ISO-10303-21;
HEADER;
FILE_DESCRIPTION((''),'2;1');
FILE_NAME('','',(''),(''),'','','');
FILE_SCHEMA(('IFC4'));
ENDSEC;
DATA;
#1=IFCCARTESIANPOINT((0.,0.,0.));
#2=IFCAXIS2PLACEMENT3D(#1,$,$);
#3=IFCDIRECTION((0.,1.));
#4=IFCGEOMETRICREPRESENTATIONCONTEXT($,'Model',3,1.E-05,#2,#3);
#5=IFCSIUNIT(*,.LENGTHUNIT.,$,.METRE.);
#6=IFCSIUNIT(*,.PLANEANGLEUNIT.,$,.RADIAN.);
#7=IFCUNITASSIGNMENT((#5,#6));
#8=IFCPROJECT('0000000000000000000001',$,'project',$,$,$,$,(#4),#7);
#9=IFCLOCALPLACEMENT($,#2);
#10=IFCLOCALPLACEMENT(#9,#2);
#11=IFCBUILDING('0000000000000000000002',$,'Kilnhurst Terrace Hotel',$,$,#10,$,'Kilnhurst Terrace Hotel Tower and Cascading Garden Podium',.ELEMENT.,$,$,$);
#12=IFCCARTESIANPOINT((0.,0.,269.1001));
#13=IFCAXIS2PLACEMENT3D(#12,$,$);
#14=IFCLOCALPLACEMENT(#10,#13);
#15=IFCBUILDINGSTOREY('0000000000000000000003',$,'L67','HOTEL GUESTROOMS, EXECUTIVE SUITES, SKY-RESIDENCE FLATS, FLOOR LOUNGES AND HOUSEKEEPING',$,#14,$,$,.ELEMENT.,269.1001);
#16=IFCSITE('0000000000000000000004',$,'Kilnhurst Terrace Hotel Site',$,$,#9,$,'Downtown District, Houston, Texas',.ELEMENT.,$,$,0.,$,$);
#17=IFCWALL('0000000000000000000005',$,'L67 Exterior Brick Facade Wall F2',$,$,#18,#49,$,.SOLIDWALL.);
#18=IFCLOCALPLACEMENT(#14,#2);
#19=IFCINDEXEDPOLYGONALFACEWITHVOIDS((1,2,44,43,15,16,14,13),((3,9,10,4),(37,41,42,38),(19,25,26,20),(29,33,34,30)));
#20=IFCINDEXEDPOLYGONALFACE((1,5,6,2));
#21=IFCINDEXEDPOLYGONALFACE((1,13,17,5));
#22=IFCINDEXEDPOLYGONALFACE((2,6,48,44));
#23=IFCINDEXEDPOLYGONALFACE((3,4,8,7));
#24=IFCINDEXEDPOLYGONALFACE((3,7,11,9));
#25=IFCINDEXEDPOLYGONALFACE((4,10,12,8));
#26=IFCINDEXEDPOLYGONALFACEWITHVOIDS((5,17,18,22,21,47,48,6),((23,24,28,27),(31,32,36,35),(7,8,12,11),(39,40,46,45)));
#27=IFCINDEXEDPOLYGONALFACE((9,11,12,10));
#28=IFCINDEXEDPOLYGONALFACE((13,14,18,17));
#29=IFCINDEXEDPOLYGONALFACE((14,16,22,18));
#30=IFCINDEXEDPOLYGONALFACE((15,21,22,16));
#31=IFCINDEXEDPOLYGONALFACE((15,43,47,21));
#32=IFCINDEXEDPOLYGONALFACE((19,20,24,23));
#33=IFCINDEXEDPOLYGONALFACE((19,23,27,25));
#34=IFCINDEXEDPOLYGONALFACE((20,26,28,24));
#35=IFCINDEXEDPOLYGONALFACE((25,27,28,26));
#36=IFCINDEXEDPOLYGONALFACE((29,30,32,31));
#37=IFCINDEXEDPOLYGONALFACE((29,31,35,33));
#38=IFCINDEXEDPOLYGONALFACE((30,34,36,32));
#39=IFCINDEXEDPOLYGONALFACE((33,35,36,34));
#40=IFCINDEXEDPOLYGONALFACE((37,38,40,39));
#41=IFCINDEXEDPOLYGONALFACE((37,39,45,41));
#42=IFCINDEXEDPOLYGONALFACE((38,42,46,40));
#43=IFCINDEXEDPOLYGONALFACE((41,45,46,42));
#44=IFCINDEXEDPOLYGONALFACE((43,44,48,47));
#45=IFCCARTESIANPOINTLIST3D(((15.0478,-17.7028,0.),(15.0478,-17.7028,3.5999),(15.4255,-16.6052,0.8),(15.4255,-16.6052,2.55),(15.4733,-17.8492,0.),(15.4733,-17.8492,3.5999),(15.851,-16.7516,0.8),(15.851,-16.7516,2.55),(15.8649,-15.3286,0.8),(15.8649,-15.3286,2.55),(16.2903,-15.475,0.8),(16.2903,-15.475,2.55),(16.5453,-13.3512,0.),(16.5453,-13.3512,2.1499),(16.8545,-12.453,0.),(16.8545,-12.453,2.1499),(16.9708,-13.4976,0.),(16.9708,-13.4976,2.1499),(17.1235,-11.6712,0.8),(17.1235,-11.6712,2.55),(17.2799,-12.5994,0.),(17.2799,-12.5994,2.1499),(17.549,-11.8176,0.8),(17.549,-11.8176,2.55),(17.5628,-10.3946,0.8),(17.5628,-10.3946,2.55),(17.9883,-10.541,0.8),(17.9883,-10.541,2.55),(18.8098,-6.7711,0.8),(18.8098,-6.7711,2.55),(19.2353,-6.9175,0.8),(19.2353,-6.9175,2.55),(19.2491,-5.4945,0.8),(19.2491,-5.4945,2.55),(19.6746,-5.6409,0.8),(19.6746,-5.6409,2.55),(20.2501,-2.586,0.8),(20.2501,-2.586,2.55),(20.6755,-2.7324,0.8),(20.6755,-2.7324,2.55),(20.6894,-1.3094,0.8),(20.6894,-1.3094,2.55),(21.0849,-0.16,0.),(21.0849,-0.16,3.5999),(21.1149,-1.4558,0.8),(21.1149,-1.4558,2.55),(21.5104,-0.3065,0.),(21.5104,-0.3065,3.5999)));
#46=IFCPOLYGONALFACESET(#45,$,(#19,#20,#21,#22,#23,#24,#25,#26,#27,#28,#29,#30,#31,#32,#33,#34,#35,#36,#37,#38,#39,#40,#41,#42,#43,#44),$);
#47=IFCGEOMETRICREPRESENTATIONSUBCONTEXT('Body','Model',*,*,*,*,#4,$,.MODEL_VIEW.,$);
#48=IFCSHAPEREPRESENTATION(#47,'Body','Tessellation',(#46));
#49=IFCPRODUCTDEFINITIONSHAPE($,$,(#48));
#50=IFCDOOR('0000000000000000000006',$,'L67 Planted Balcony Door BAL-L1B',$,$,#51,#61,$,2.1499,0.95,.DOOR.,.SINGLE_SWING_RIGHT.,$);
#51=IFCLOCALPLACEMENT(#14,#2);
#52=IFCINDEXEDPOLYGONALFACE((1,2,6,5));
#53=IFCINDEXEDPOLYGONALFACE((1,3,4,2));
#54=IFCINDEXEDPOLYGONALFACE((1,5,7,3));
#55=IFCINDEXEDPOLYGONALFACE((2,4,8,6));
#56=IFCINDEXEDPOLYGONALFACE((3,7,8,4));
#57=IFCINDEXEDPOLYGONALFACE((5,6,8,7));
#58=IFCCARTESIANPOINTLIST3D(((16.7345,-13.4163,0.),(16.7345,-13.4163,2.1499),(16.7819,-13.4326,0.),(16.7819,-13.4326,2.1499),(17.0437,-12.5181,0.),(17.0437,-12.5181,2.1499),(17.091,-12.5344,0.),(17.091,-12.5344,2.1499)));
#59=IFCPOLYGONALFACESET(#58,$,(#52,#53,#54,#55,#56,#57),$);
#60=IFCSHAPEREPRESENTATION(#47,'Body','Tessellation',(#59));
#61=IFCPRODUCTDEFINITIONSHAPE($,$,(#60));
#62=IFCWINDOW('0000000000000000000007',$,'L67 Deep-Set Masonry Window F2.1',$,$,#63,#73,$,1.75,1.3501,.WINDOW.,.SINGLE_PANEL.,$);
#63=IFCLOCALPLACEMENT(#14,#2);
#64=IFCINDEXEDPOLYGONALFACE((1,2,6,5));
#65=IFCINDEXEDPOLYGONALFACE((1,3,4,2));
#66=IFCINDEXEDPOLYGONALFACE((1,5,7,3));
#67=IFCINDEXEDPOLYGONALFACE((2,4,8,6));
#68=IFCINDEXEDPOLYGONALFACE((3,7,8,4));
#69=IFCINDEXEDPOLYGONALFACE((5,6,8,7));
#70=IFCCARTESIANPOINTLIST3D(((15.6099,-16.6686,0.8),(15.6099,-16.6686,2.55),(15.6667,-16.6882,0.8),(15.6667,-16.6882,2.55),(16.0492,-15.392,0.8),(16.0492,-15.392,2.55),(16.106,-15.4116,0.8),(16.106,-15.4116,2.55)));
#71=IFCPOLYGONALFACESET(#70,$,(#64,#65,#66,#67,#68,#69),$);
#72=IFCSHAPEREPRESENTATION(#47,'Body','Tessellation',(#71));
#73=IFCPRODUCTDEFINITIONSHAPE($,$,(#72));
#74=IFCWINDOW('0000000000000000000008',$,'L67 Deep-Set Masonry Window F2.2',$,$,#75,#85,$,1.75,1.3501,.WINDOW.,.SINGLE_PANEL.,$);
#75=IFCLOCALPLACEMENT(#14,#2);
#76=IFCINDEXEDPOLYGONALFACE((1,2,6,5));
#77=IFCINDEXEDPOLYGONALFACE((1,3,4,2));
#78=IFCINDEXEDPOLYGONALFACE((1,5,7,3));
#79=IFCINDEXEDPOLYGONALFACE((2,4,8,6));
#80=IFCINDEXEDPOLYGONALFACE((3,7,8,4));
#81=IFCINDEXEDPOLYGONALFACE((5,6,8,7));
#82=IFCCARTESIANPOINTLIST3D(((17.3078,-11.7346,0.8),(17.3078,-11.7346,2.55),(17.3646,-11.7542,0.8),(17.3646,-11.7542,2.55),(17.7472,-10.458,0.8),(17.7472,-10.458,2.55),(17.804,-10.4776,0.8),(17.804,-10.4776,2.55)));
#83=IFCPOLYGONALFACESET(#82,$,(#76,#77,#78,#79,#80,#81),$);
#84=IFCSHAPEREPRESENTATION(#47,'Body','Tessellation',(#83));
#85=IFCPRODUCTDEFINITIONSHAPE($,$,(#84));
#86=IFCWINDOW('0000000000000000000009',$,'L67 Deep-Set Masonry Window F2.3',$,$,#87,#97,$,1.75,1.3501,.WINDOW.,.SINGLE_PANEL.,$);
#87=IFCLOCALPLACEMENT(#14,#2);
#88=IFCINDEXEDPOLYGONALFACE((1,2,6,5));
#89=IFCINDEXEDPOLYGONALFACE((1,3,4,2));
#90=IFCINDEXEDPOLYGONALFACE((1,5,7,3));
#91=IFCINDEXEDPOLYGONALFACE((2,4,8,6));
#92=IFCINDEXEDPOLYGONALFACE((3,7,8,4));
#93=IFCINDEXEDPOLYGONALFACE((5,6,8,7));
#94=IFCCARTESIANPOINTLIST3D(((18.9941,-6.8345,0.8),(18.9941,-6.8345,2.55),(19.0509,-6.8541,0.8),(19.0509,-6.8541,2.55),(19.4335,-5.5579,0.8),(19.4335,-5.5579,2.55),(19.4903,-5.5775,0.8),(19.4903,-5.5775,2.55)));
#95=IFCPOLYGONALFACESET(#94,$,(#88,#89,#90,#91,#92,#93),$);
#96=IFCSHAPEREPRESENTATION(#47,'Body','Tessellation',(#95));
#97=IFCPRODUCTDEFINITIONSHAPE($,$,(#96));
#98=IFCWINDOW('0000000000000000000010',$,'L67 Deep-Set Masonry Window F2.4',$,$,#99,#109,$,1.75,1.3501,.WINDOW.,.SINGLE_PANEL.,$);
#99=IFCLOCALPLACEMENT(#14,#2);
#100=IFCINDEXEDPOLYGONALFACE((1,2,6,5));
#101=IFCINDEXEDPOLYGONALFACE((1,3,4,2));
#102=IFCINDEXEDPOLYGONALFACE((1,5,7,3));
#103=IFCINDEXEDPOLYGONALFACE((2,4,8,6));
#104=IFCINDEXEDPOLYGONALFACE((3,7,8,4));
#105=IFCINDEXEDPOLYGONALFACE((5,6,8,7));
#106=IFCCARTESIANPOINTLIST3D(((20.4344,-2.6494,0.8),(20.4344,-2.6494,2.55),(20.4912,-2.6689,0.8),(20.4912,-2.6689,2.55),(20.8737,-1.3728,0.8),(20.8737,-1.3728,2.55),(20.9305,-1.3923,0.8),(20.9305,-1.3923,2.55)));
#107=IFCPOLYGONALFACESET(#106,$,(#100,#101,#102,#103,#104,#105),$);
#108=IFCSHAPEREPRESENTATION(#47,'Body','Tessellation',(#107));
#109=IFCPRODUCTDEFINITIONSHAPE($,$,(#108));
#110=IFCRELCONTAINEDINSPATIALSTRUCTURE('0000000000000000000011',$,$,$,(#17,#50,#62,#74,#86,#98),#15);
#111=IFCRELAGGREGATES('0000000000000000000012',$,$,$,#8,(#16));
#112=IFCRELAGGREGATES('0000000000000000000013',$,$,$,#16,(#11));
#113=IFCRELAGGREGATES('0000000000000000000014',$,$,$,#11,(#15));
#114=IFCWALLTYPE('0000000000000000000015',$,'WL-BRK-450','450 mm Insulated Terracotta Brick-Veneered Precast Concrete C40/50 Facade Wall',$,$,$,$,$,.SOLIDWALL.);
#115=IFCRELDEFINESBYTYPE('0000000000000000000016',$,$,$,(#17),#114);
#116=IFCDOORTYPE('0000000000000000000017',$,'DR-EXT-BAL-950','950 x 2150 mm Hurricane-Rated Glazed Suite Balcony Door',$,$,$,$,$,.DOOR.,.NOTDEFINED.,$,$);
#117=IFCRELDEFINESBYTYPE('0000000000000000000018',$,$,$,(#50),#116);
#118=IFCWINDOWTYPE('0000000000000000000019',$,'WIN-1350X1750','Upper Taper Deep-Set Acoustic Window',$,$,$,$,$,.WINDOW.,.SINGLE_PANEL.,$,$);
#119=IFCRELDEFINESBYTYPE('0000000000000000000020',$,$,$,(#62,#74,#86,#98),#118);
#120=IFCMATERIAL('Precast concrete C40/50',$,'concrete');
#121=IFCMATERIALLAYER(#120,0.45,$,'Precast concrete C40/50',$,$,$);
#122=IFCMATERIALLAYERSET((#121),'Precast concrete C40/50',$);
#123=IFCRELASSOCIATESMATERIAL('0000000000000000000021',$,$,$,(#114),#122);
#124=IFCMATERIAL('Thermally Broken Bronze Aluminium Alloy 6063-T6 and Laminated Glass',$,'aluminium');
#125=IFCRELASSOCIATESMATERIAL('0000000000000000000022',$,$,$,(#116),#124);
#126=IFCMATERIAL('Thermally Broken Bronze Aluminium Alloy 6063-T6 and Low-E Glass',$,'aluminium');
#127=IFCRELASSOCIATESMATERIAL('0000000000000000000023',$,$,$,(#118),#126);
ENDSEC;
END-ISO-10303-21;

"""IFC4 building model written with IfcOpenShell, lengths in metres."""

from ifc_helpers import new_model, si_unit, direction, frame, frame_2d, origin, place, context, subcontext, project, spatial, rectangle, extrude, material, layer, layer_set, type_object, element, fill, save


model = new_model("IFC4")

# Units and contexts
model_context = context("Model", 3, precision=1e-05, world=origin(), true_north=direction((0.0, 1.0)))
body_context = subcontext(model_context, "Body", "Model", "MODEL_VIEW")
ifc_project = project(units=[si_unit("LENGTHUNIT", "METRE"), si_unit("PLANEANGLEUNIT", "RADIAN")], contexts=[model_context])

# Site, building, storey
site_placement = place(None, origin())
site = spatial("IfcSite", under=ifc_project, at=site_placement, Name="Kilnhurst Terrace Hotel Site", LongName="Downtown District, Houston, Texas", CompositionType="ELEMENT", RefElevation=0.0)
building_placement = place(site_placement, origin())
building = spatial("IfcBuilding", under=site, at=building_placement, Name="Kilnhurst Terrace Hotel", LongName="Kilnhurst Terrace Hotel Tower and Cascading Garden Podium", CompositionType="ELEMENT")
storey_placement = place(building_placement, frame((0.0, 0.0, 269.1001)))
storey = spatial("IfcBuildingStorey", under=building, at=storey_placement, Name="L67", Description="HOTEL GUESTROOMS, EXECUTIVE SUITES, SKY-RESIDENCE FLATS, FLOOR LOUNGES AND HOUSEKEEPING", CompositionType="ELEMENT", Elevation=269.1001)

# Shared definitions
ifc_material_1 = material(Name="Precast concrete C40/50", Category="concrete")
ifc_layer_1 = layer(ifc_material_1, 0.45, Name="Precast concrete C40/50")
ifc_layer_set_1 = layer_set([ifc_layer_1], Name="Precast concrete C40/50")
wall_type_1 = type_object("IfcWallType", Name="WL-BRK-450", Description="450 mm Insulated Terracotta Brick-Veneered Precast Concrete C40/50 Facade Wall", PredefinedType="SOLIDWALL", material=ifc_layer_set_1)

# Wall, openings, door, windows
wall_1_placement = place(storey_placement, frame((15.2605, -17.7761, 0.0), z_axis=(0.0, 0.0, 1.0), x_axis=(0.325407, 0.945574, 0.0)))
wall_1 = element("IfcWall", 1, at=wall_1_placement, inside=storey, type_object=wall_type_1, Name="L67 Exterior Brick Facade Wall F2", PredefinedType="SOLIDWALL", context=body_context, shape_type="SweptSolid", body=[
    extrude(rectangle(XDim=18.5525, YDim=0.45, at=frame_2d((9.2764, 0.0))), origin(), (0.0, 0.0, 1.0), 3.5999),
])
opening_1_placement = place(wall_1_placement, frame((4.6021, 0.0, 0.0)))
opening_1 = element("IfcOpeningElement", 2, at=opening_1_placement, cuts=wall_1, PredefinedType="OPENING", context=body_context, shape_type="SweptSolid", body=[
    extrude(rectangle(XDim=0.95, YDim=2.1499, at=frame_2d((0.4751, 1.075))), frame((0.0, 0.2349, 0.0), z_axis=(0.0, -1.0, 0.0), x_axis=(1.0, 0.0, 0.0)), (0.0, 0.0, 1.0), 0.47),
])
opening_2_placement = place(wall_1_placement, frame((1.1609, 0.0, 0.8)))
opening_2 = element("IfcOpeningElement", 3, at=opening_2_placement, cuts=wall_1, PredefinedType="OPENING", context=body_context, shape_type="SweptSolid", body=[
    extrude(rectangle(XDim=1.3501, YDim=1.75, at=frame_2d((0.675, 0.875))), frame((0.0, 0.2349, 0.0), z_axis=(0.0, -1.0, 0.0), x_axis=(1.0, 0.0, 0.0)), (0.0, 0.0, 1.0), 0.47),
])
opening_3_placement = place(wall_1_placement, frame((6.3789, 0.0, 0.8)))
opening_3 = element("IfcOpeningElement", 4, at=opening_3_placement, cuts=wall_1, PredefinedType="OPENING", context=body_context, shape_type="SweptSolid", body=[
    extrude(rectangle(XDim=1.3501, YDim=1.75, at=frame_2d((0.675, 0.875))), frame((0.0, 0.2349, 0.0), z_axis=(0.0, -1.0, 0.0), x_axis=(1.0, 0.0, 0.0)), (0.0, 0.0, 1.0), 0.47),
])
opening_4_placement = place(wall_1_placement, frame((11.561, 0.0, 0.8)))
opening_4 = element("IfcOpeningElement", 5, at=opening_4_placement, cuts=wall_1, PredefinedType="OPENING", context=body_context, shape_type="SweptSolid", body=[
    extrude(rectangle(XDim=1.3501, YDim=1.75, at=frame_2d((0.675, 0.875))), frame((0.0, 0.2349, 0.0), z_axis=(0.0, -1.0, 0.0), x_axis=(1.0, 0.0, 0.0)), (0.0, 0.0, 1.0), 0.47),
])
opening_5_placement = place(wall_1_placement, frame((15.9871, 0.0, 0.8)))
opening_5 = element("IfcOpeningElement", 6, at=opening_5_placement, cuts=wall_1, PredefinedType="OPENING", context=body_context, shape_type="SweptSolid", body=[
    extrude(rectangle(XDim=1.3501, YDim=1.75, at=frame_2d((0.675, 0.875))), frame((0.0, 0.2349, 0.0), z_axis=(0.0, -1.0, 0.0), x_axis=(1.0, 0.0, 0.0)), (0.0, 0.0, 1.0), 0.47),
])
ifc_material_2 = material(Name="Thermally Broken Bronze Aluminium Alloy 6063-T6 and Laminated Glass", Category="aluminium")
door_type_1 = type_object("IfcDoorType", Name="DR-EXT-BAL-950", Description="950 x 2150 mm Hurricane-Rated Glazed Suite Balcony Door", OperationType="NOTDEFINED", PredefinedType="DOOR", material=ifc_material_2)
door_1_placement = place(opening_1_placement, origin())
door_1 = element("IfcDoor", 7, at=door_1_placement, inside=storey, type_object=door_type_1, Name="L67 Planted Balcony Door BAL-L1B", OperationType="SINGLE_SWING_RIGHT", OverallHeight=2.1499, OverallWidth=0.95, PredefinedType="DOOR", context=body_context, shape_type="SweptSolid", body=[
    extrude(rectangle(XDim=0.95, YDim=2.1499, at=frame_2d((0.4751, 1.075))), frame((0.0, 0.0249, 0.0), z_axis=(0.0, -1.0, 0.0), x_axis=(1.0, 0.0, 0.0)), (0.0, 0.0, 1.0), 0.05),
])
fill(opening_1, door_1)
ifc_material_3 = material(Name="Thermally Broken Bronze Aluminium Alloy 6063-T6 and Low-E Glass", Category="aluminium")
window_type = type_object("IfcWindowType", Name="WIN-1350X1750", Description="Upper Taper Deep-Set Acoustic Window", PartitioningType="SINGLE_PANEL", PredefinedType="WINDOW", material=ifc_material_3)
window_1_placement = place(opening_2_placement, origin())
window_1 = element("IfcWindow", 8, at=window_1_placement, inside=storey, type_object=window_type, Name="L67 Deep-Set Masonry Window F2.1", OverallHeight=1.75, OverallWidth=1.3501, PartitioningType="SINGLE_PANEL", PredefinedType="WINDOW", context=body_context, shape_type="SweptSolid", body=[
    extrude(rectangle(XDim=1.3501, YDim=1.75, at=frame_2d((0.675, 0.875))), frame((0.0, 0.03, 0.0), z_axis=(0.0, -1.0, 0.0), x_axis=(1.0, 0.0, 0.0)), (0.0, 0.0, 1.0), 0.0601),
])
fill(opening_2, window_1)
window_2_placement = place(opening_3_placement, origin())
window_2 = element("IfcWindow", 9, at=window_2_placement, inside=storey, type_object=window_type, Name="L67 Deep-Set Masonry Window F2.2", OverallHeight=1.75, OverallWidth=1.3501, PartitioningType="SINGLE_PANEL", PredefinedType="WINDOW", context=body_context, shape_type="SweptSolid", body=[
    extrude(rectangle(XDim=1.3501, YDim=1.75, at=frame_2d((0.675, 0.875))), frame((0.0, 0.03, 0.0), z_axis=(0.0, -1.0, 0.0), x_axis=(1.0, 0.0, 0.0)), (0.0, 0.0, 1.0), 0.0601),
])
fill(opening_3, window_2)
window_3_placement = place(opening_4_placement, origin())
window_3 = element("IfcWindow", 10, at=window_3_placement, inside=storey, type_object=window_type, Name="L67 Deep-Set Masonry Window F2.3", OverallHeight=1.75, OverallWidth=1.3501, PartitioningType="SINGLE_PANEL", PredefinedType="WINDOW", context=body_context, shape_type="SweptSolid", body=[
    extrude(rectangle(XDim=1.3501, YDim=1.75, at=frame_2d((0.675, 0.875))), frame((0.0, 0.03, 0.0), z_axis=(0.0, -1.0, 0.0), x_axis=(1.0, 0.0, 0.0)), (0.0, 0.0, 1.0), 0.0601),
])
fill(opening_4, window_3)
window_4_placement = place(opening_5_placement, origin())
window_4 = element("IfcWindow", 11, at=window_4_placement, inside=storey, type_object=window_type, Name="L67 Deep-Set Masonry Window F2.4", OverallHeight=1.75, OverallWidth=1.3501, PartitioningType="SINGLE_PANEL", PredefinedType="WINDOW", context=body_context, shape_type="SweptSolid", body=[
    extrude(rectangle(XDim=1.3501, YDim=1.75, at=frame_2d((0.675, 0.875))), frame((0.0, 0.03, 0.0), z_axis=(0.0, -1.0, 0.0), x_axis=(1.0, 0.0, 0.0)), (0.0, 0.0, 1.0), 0.0601),
])
fill(opening_5, window_4)

save(model, "model.ifc")
